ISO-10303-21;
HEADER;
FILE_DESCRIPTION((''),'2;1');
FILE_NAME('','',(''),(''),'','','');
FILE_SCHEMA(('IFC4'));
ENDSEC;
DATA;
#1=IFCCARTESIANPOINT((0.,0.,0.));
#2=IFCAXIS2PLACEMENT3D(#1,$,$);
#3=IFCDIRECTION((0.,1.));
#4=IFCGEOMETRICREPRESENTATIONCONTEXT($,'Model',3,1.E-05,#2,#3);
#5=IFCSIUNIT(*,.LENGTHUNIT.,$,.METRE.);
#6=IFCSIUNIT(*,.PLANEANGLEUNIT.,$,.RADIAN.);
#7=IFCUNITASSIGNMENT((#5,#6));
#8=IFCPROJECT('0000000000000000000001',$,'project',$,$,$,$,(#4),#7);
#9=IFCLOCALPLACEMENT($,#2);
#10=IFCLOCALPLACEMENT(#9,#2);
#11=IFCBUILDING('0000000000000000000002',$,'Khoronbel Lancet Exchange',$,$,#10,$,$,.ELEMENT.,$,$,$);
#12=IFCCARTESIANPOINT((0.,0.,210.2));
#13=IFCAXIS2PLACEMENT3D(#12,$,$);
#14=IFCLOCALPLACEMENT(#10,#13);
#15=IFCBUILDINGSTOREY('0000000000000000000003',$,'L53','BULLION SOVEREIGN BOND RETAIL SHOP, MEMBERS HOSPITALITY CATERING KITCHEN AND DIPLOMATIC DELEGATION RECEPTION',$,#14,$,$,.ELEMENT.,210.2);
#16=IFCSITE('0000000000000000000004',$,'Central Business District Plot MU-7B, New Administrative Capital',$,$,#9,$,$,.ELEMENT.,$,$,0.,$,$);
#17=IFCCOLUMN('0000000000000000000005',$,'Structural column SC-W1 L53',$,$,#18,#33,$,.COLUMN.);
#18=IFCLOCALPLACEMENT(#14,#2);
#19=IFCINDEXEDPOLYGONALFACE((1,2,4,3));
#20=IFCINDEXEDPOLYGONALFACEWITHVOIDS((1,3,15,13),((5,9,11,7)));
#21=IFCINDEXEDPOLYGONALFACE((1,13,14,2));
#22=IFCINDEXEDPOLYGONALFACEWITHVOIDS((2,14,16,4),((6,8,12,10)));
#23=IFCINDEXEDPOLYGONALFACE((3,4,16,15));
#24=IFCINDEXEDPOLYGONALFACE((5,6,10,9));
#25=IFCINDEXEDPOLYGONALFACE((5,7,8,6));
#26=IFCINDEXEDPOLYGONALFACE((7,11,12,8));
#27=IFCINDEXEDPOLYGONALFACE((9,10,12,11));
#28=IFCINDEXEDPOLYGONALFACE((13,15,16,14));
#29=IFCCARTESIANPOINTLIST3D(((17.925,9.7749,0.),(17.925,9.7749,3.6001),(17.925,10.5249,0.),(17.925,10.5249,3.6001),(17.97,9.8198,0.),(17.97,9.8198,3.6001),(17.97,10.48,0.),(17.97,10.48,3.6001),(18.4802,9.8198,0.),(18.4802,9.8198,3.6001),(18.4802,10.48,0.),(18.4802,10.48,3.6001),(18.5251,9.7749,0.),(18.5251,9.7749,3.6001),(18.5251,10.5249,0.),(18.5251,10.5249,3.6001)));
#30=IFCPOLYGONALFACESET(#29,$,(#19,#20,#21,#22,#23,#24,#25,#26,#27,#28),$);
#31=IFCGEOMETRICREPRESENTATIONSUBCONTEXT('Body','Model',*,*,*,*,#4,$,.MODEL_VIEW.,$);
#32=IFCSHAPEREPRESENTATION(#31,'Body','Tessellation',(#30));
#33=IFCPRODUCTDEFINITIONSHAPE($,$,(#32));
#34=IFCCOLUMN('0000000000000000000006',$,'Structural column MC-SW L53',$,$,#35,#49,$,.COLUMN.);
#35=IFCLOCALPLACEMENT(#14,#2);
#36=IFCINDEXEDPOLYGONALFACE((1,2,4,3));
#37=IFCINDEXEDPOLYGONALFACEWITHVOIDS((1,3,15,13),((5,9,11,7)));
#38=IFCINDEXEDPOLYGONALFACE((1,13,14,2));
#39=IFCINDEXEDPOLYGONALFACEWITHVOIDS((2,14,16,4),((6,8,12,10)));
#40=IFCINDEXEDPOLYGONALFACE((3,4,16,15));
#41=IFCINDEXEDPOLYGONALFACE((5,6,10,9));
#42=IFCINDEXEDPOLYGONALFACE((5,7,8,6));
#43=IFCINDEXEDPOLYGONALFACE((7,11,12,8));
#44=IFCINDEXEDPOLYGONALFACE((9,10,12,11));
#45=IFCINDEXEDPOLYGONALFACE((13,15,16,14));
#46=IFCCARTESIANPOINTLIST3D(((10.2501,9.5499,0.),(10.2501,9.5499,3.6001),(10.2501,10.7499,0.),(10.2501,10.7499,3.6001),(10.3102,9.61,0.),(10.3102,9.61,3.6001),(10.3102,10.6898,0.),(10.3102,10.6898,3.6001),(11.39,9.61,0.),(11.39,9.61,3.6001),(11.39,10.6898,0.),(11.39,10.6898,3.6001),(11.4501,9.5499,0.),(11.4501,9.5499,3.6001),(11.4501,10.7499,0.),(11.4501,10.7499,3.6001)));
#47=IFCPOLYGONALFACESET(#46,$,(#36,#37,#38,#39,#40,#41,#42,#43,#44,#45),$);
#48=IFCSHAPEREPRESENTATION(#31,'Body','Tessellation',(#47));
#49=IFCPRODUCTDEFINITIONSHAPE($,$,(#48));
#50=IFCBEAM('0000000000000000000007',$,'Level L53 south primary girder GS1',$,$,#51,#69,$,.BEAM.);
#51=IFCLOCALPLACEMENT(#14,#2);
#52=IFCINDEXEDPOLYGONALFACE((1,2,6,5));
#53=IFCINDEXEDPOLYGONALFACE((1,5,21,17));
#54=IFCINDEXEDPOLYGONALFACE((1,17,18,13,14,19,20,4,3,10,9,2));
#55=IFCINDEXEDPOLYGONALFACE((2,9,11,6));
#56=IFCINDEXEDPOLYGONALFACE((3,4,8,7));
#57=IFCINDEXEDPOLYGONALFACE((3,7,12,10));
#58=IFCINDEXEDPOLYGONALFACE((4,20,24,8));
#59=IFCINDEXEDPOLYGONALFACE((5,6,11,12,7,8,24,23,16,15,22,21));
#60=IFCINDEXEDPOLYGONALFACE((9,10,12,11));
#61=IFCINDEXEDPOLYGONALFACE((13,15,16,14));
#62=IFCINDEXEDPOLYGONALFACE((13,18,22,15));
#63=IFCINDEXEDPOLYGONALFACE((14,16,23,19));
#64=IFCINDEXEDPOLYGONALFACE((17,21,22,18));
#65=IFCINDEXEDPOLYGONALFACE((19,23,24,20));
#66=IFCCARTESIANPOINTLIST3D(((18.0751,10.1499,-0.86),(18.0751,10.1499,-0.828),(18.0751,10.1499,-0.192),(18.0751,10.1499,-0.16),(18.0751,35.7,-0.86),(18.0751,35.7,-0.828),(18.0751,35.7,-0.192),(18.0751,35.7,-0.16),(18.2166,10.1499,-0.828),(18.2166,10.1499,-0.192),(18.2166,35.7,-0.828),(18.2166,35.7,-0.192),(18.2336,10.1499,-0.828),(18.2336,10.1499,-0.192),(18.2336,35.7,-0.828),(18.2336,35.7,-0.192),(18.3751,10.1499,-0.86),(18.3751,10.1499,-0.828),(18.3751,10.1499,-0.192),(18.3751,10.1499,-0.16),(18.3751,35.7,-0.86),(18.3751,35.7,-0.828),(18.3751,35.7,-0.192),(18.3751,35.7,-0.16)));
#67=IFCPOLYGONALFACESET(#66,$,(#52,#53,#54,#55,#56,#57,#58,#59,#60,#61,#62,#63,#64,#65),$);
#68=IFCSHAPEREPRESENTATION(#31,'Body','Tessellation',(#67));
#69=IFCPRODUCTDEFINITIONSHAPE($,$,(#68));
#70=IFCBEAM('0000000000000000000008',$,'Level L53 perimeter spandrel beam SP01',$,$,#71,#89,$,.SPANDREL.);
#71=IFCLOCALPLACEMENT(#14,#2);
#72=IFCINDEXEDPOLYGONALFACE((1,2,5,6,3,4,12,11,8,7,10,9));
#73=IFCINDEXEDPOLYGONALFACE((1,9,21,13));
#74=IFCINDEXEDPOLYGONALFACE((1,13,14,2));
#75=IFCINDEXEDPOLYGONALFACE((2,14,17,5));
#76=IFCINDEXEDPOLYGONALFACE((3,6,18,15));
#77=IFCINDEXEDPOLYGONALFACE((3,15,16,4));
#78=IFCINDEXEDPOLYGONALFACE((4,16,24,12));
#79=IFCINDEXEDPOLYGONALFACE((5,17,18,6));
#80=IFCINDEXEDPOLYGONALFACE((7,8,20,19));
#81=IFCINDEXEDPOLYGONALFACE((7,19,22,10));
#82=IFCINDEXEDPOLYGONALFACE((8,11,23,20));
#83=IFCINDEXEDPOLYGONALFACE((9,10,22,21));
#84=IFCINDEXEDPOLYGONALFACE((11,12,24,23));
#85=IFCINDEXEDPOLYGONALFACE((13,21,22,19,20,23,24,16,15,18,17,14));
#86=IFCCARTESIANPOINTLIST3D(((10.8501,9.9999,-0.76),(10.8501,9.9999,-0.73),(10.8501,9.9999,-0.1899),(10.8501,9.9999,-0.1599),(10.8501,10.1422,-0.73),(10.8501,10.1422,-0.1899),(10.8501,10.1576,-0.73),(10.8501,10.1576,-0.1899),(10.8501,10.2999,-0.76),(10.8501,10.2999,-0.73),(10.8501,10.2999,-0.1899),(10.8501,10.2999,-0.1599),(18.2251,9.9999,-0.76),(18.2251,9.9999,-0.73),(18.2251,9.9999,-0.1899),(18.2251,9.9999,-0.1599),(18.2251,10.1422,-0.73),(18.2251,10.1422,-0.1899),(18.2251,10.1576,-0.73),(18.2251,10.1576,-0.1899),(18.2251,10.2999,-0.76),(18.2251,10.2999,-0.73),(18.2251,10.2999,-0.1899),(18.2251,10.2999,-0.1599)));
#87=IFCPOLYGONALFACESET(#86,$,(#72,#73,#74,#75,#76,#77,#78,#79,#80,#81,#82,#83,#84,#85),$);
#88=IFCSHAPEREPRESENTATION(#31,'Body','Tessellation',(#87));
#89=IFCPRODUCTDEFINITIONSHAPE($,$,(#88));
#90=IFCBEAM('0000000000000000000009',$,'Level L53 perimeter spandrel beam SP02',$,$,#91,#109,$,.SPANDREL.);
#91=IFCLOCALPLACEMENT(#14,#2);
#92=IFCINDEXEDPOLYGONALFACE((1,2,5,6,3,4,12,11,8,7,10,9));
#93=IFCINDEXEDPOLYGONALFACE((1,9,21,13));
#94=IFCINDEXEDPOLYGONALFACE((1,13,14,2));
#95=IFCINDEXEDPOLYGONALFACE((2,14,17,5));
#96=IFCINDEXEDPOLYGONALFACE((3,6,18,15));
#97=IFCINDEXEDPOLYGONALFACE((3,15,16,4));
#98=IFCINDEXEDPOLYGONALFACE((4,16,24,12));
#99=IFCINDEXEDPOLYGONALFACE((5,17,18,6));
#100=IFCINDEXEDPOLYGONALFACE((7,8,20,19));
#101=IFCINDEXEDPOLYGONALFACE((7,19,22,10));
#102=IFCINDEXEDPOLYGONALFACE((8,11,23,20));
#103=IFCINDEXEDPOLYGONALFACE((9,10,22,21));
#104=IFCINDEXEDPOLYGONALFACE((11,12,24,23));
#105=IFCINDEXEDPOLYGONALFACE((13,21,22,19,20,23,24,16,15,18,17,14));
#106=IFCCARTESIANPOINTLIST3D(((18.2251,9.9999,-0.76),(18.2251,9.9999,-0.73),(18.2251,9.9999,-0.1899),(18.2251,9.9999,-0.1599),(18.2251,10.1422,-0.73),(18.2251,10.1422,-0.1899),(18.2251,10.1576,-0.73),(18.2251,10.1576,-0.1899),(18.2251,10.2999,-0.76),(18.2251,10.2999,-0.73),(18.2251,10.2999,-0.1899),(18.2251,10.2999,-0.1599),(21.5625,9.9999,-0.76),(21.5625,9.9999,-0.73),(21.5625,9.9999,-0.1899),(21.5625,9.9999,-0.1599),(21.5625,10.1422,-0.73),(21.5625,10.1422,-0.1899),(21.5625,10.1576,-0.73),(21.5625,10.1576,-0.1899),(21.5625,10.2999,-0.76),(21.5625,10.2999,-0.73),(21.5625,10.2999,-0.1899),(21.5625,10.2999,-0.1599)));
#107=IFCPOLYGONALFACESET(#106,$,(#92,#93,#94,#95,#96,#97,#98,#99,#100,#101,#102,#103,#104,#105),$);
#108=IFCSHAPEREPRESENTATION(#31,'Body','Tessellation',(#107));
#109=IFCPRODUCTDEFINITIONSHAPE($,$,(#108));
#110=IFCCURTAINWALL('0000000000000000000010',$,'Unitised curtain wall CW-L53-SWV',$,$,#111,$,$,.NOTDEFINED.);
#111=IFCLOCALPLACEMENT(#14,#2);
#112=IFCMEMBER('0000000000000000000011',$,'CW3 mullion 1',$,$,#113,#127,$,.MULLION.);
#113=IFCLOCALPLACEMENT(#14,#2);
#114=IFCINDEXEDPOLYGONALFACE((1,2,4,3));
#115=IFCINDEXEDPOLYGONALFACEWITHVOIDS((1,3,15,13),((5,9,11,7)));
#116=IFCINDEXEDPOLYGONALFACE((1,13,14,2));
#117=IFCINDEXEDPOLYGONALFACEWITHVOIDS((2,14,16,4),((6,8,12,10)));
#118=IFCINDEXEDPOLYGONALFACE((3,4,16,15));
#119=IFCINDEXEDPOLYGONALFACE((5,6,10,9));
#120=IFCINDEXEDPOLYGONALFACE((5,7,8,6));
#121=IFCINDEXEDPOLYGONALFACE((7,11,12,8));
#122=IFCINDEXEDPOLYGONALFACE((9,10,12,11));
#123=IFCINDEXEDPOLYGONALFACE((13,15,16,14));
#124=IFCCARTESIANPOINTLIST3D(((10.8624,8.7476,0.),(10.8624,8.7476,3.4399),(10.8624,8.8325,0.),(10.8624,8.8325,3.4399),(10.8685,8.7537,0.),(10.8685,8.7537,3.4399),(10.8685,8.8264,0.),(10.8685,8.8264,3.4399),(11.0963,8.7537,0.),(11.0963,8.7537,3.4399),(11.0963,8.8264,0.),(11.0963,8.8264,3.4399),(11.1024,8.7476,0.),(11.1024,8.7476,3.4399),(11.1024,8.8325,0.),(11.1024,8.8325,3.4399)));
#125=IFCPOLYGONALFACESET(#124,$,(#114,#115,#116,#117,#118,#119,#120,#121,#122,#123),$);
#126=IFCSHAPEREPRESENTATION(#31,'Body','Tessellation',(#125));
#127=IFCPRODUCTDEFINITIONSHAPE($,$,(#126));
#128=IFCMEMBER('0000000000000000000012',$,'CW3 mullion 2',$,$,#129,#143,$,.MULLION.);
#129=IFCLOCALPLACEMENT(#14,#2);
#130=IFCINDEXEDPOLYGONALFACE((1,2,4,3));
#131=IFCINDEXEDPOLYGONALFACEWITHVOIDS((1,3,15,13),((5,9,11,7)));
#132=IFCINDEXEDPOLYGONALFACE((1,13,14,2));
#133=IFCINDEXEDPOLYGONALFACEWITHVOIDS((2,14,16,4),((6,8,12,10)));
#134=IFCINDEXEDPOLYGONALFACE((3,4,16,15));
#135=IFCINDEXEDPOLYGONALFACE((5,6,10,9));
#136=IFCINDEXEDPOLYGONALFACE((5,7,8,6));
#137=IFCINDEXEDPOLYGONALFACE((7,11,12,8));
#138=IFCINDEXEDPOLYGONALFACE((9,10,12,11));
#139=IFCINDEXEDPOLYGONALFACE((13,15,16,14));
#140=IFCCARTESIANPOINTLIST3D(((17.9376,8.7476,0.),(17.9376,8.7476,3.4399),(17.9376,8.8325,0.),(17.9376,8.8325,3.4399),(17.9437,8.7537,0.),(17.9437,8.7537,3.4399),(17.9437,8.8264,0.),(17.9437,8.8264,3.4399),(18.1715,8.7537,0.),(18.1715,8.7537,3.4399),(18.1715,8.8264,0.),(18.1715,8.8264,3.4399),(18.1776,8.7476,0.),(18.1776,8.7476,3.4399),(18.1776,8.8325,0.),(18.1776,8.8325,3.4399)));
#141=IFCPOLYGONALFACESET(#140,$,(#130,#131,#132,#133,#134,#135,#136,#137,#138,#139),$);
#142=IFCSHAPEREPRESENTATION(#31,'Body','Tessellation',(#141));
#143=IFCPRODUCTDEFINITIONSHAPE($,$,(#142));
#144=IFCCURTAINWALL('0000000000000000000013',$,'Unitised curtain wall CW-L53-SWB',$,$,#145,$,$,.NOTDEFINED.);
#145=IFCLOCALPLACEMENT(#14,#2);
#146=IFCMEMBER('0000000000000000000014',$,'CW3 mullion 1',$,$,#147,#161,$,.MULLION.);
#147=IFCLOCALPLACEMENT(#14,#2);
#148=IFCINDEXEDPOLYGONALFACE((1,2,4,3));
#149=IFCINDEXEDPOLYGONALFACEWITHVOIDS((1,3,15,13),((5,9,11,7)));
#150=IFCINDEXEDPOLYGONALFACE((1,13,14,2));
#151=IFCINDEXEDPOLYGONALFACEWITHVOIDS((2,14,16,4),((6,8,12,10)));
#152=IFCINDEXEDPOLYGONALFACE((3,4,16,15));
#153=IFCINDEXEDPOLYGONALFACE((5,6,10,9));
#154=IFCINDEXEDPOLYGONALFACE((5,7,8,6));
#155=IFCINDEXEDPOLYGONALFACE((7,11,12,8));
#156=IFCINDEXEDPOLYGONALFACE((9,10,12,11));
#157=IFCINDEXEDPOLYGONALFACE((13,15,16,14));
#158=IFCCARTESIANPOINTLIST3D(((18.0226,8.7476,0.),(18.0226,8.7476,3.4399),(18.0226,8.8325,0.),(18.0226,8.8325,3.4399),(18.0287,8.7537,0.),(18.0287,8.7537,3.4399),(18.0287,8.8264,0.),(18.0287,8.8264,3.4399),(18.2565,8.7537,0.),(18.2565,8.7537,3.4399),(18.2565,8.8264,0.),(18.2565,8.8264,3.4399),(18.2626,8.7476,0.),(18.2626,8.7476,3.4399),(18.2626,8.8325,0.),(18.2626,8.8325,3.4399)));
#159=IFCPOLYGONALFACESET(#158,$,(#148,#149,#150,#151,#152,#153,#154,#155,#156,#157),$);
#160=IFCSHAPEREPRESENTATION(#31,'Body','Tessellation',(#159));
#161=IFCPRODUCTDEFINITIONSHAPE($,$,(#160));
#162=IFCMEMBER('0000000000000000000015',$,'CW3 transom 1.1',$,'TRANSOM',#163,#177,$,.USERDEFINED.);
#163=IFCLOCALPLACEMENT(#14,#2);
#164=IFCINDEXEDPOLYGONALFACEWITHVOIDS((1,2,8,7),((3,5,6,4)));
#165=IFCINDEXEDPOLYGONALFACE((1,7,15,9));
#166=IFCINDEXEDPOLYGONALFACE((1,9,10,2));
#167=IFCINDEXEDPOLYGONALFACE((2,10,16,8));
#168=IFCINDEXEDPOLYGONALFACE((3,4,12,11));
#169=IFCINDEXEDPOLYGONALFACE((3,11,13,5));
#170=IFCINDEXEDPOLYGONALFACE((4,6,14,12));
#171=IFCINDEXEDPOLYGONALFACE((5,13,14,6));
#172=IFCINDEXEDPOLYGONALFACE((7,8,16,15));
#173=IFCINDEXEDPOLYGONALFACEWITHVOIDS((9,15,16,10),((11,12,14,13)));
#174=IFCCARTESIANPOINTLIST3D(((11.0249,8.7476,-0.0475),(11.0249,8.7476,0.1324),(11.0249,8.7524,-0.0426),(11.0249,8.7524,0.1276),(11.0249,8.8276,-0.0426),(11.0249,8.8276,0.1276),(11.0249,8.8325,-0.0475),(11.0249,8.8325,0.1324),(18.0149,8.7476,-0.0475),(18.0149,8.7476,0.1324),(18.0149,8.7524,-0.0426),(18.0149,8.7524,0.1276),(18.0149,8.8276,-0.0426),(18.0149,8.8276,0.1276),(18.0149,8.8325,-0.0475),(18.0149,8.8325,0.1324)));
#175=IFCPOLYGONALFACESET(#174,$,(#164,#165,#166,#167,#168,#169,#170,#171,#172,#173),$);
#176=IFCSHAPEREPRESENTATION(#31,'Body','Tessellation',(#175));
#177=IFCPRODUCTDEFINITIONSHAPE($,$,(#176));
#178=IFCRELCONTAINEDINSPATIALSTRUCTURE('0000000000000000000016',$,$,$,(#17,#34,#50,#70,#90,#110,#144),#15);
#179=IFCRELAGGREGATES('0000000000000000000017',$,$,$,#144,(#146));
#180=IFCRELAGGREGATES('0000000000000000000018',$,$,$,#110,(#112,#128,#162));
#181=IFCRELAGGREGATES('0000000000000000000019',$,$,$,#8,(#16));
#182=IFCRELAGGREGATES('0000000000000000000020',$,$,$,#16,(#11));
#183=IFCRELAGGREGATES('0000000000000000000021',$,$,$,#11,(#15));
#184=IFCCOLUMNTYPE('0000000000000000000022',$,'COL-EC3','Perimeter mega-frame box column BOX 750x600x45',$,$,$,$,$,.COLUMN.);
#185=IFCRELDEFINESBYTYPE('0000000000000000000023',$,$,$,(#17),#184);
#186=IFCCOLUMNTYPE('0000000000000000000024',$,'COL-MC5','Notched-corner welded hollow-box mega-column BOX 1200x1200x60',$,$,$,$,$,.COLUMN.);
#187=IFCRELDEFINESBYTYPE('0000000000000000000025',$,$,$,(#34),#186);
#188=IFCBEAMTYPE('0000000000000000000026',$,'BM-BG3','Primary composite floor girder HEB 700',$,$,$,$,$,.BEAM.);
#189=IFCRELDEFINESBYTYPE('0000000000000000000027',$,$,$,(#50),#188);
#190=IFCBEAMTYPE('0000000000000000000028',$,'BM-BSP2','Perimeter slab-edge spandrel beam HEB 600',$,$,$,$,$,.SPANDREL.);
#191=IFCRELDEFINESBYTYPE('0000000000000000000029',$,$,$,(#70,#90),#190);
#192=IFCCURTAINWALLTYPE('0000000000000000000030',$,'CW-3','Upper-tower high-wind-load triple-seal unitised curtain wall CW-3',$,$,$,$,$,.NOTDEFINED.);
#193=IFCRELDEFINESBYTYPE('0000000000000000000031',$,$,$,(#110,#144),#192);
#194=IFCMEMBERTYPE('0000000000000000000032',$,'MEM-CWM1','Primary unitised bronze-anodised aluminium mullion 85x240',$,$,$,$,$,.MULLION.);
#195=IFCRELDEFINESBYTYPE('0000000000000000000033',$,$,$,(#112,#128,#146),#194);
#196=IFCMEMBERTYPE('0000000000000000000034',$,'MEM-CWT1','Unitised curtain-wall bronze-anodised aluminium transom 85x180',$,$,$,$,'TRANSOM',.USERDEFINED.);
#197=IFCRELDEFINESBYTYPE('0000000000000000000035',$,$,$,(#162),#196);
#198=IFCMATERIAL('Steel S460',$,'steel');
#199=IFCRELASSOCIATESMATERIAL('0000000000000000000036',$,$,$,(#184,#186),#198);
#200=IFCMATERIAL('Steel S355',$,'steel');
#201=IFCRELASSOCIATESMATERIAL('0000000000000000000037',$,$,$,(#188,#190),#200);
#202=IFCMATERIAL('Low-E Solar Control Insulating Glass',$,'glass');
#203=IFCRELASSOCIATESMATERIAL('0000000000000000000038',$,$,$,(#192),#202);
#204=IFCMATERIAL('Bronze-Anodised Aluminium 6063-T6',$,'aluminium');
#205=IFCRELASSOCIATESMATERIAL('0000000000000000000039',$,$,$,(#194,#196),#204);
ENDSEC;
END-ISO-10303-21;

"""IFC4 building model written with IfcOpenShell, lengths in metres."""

from ifc_helpers import new_model, si_unit, direction, frame, origin, origin_2d, place, context, subcontext, project, spatial, hollow_rectangle, i_section, extrude, material, material_profile, profile_set, type_object, element, aggregate, save


model = new_model("IFC4")

# Units and contexts
model_context = context("Model", 3, precision=1e-05, world=origin(), true_north=direction((0.0, 1.0)))
body_context = subcontext(model_context, "Body", "Model", "MODEL_VIEW")
ifc_project = project(units=[si_unit("LENGTHUNIT", "METRE"), si_unit("PLANEANGLEUNIT", "RADIAN")], contexts=[model_context])

# Site, building, storey
site_placement = place(None, origin())
site = spatial("IfcSite", under=ifc_project, at=site_placement, Name="Central Business District Plot MU-7B, New Administrative Capital", CompositionType="ELEMENT", RefElevation=0.0)
building_placement = place(site_placement, origin())
building = spatial("IfcBuilding", under=site, at=building_placement, Name="Khoronbel Lancet Exchange", CompositionType="ELEMENT")
storey_placement = place(building_placement, frame((0.0, 0.0, 210.2)))
storey = spatial("IfcBuildingStorey", under=building, at=storey_placement, Name="L53", Description="BULLION SOVEREIGN BOND RETAIL SHOP, MEMBERS HOSPITALITY CATERING KITCHEN AND DIPLOMATIC DELEGATION RECEPTION", CompositionType="ELEMENT", Elevation=210.2)

# Columns
ifc_material_1 = material(Name="Steel S460", Category="steel")
ifc_material_profile_1 = material_profile(ifc_material_1, hollow_rectangle(XDim=0.6001, YDim=0.75, WallThickness=0.0449, at=origin_2d()), Name="BOX 750x600x45")
ifc_profile_set_1 = profile_set([ifc_material_profile_1], Name="Steel S460")
column_type_1 = type_object("IfcColumnType", Name="COL-EC3", Description="Perimeter mega-frame box column BOX 750x600x45", PredefinedType="COLUMN", material=ifc_profile_set_1)
column_1_placement = place(storey_placement, frame((18.2251, 10.1499, 0.0), z_axis=(0.0, 0.0, 1.0), x_axis=(1.0, 0.0, 0.0)))
element("IfcColumn", 1, at=column_1_placement, inside=storey, type_object=column_type_1, Name="Structural column SC-W1 L53", PredefinedType="COLUMN", context=body_context, shape_type="SweptSolid", body=[
    extrude(hollow_rectangle(XDim=0.6001, YDim=0.75, WallThickness=0.0449, at=origin_2d()), origin(), (0.0, 0.0, 1.0), 3.6001),
])
ifc_material_profile_2 = material_profile(ifc_material_1, hollow_rectangle(XDim=1.2, YDim=1.2, WallThickness=0.0601, at=origin_2d()), Name="BOX 1200x1200x60")
ifc_profile_set_2 = profile_set([ifc_material_profile_2], Name="Steel S460")
column_type_2 = type_object("IfcColumnType", Name="COL-MC5", Description="Notched-corner welded hollow-box mega-column BOX 1200x1200x60", PredefinedType="COLUMN", material=ifc_profile_set_2)
column_2_placement = place(storey_placement, frame((10.8501, 10.1499, 0.0), z_axis=(0.0, 0.0, 1.0), x_axis=(1.0, 0.0, 0.0)))
element("IfcColumn", 2, at=column_2_placement, inside=storey, type_object=column_type_2, Name="Structural column MC-SW L53", PredefinedType="COLUMN", context=body_context, shape_type="SweptSolid", body=[
    extrude(hollow_rectangle(XDim=1.2, YDim=1.2, WallThickness=0.0601, at=origin_2d()), origin(), (0.0, 0.0, 1.0), 3.6001),
])

# Beams
ifc_material_2 = material(Name="Steel S355", Category="steel")
ifc_material_profile_3 = material_profile(ifc_material_2, i_section(OverallWidth=0.3, OverallDepth=0.7, WebThickness=0.0171, FlangeThickness=0.032, at=origin_2d()), Name="HEB 700")
ifc_profile_set_3 = profile_set([ifc_material_profile_3], Name="Steel S355")
beam_type_1 = type_object("IfcBeamType", Name="BM-BG3", Description="Primary composite floor girder HEB 700", PredefinedType="BEAM", material=ifc_profile_set_3)
beam_1_placement = place(storey_placement, frame((18.2251, 10.1499, -0.51), z_axis=(0.0, 1.0, 0.0), x_axis=(-1.0, 0.0, 0.0)))
element("IfcBeam", 3, at=beam_1_placement, inside=storey, type_object=beam_type_1, Name="Level L53 south primary girder GS1", PredefinedType="BEAM", context=body_context, shape_type="SweptSolid", body=[
    extrude(i_section(OverallWidth=0.3, OverallDepth=0.7, WebThickness=0.0171, FlangeThickness=0.032, at=origin_2d()), origin(), (0.0, 0.0, 1.0), 25.55),
])
ifc_material_profile_4 = material_profile(ifc_material_2, i_section(OverallWidth=0.3, OverallDepth=0.6001, WebThickness=0.0154, FlangeThickness=0.03, at=origin_2d()), Name="HEB 600")
ifc_profile_set_4 = profile_set([ifc_material_profile_4], Name="Steel S355")
beam_type_2 = type_object("IfcBeamType", Name="BM-BSP2", Description="Perimeter slab-edge spandrel beam HEB 600", PredefinedType="SPANDREL", material=ifc_profile_set_4)
beam_2_placement = place(storey_placement, frame((10.8501, 10.1499, -0.46), z_axis=(1.0, 0.0, 0.0), x_axis=(0.0, 1.0, 0.0)))
element("IfcBeam", 4, at=beam_2_placement, inside=storey, type_object=beam_type_2, Name="Level L53 perimeter spandrel beam SP01", PredefinedType="SPANDREL", context=body_context, shape_type="SweptSolid", body=[
    extrude(i_section(OverallWidth=0.3, OverallDepth=0.6001, WebThickness=0.0154, FlangeThickness=0.03, at=origin_2d()), origin(), (0.0, 0.0, 1.0), 7.375),
])
beam_3_placement = place(storey_placement, frame((18.2251, 10.1499, -0.46), z_axis=(1.0, 0.0, 0.0), x_axis=(0.0, 1.0, 0.0)))
element("IfcBeam", 5, at=beam_3_placement, inside=storey, type_object=beam_type_2, Name="Level L53 perimeter spandrel beam SP02", PredefinedType="SPANDREL", context=body_context, shape_type="SweptSolid", body=[
    extrude(i_section(OverallWidth=0.3, OverallDepth=0.6001, WebThickness=0.0154, FlangeThickness=0.03, at=origin_2d()), origin(), (0.0, 0.0, 1.0), 3.3374),
])

# Curtain wall, members
ifc_material_3 = material(Name="Low-E Solar Control Insulating Glass", Category="glass")
curtain_wall_type = type_object("IfcCurtainWallType", Name="CW-3", Description="Upper-tower high-wind-load triple-seal unitised curtain wall CW-3", PredefinedType="NOTDEFINED", material=ifc_material_3)
curtain_wall_1_placement = place(storey_placement, origin())
curtain_wall_1 = element("IfcCurtainWall", 6, at=curtain_wall_1_placement, inside=storey, type_object=curtain_wall_type, Name="Unitised curtain wall CW-L53-SWV", PredefinedType="NOTDEFINED")
ifc_material_4 = material(Name="Bronze-Anodised Aluminium 6063-T6", Category="aluminium")
ifc_material_profile_5 = material_profile(ifc_material_4, hollow_rectangle(XDim=0.085, YDim=0.24, WallThickness=0.0061, at=origin_2d()), Name="ALU MULLION 85x240")
ifc_profile_set_5 = profile_set([ifc_material_profile_5], Name="Bronze-Anodised Aluminium 6063-T6")
member_type_1 = type_object("IfcMemberType", Name="MEM-CWM1", Description="Primary unitised bronze-anodised aluminium mullion 85x240", PredefinedType="MULLION", material=ifc_profile_set_5)
member_1_placement = place(storey_placement, frame((10.9824, 8.79, 0.0), z_axis=(0.0, 0.0, 1.0), x_axis=(0.0, 1.0, 0.0)))
member_1 = element("IfcMember", 7, at=member_1_placement, type_object=member_type_1, Name="CW3 mullion 1", PredefinedType="MULLION", context=body_context, shape_type="SweptSolid", body=[
    extrude(hollow_rectangle(XDim=0.085, YDim=0.24, WallThickness=0.0061, at=origin_2d()), origin(), (0.0, 0.0, 1.0), 3.4399),
])
member_2_placement = place(storey_placement, frame((18.0576, 8.79, 0.0), z_axis=(0.0, 0.0, 1.0), x_axis=(0.0, 1.0, 0.0)))
member_2 = element("IfcMember", 8, at=member_2_placement, type_object=member_type_1, Name="CW3 mullion 2", PredefinedType="MULLION", context=body_context, shape_type="SweptSolid", body=[
    extrude(hollow_rectangle(XDim=0.085, YDim=0.24, WallThickness=0.0061, at=origin_2d()), origin(), (0.0, 0.0, 1.0), 3.4399),
])

# Curtain wall, member
curtain_wall_2_placement = place(storey_placement, origin())
curtain_wall_2 = element("IfcCurtainWall", 9, at=curtain_wall_2_placement, inside=storey, type_object=curtain_wall_type, Name="Unitised curtain wall CW-L53-SWB", PredefinedType="NOTDEFINED")
member_3_placement = place(storey_placement, frame((18.1426, 8.79, 0.0), z_axis=(0.0, 0.0, 1.0), x_axis=(0.0, 1.0, 0.0)))
member_3 = element("IfcMember", 10, at=member_3_placement, type_object=member_type_1, Name="CW3 mullion 1", PredefinedType="MULLION", context=body_context, shape_type="SweptSolid", body=[
    extrude(hollow_rectangle(XDim=0.085, YDim=0.24, WallThickness=0.0061, at=origin_2d()), origin(), (0.0, 0.0, 1.0), 3.4399),
])

# Member
ifc_material_profile_6 = material_profile(ifc_material_4, hollow_rectangle(XDim=0.085, YDim=0.1799, WallThickness=0.0049, at=origin_2d()), Name="ALU TRANSOM 85x180")
ifc_profile_set_6 = profile_set([ifc_material_profile_6], Name="Bronze-Anodised Aluminium 6063-T6")
member_type_2 = type_object("IfcMemberType", Name="MEM-CWT1", Description="Unitised curtain-wall bronze-anodised aluminium transom 85x180", ElementType="TRANSOM", PredefinedType="USERDEFINED", material=ifc_profile_set_6)
member_4_placement = place(storey_placement, frame((11.0249, 8.79, 0.0425), z_axis=(1.0, 0.0, 0.0), x_axis=(0.0, 1.0, 0.0)))
member_4 = element("IfcMember", 11, at=member_4_placement, type_object=member_type_2, Name="CW3 transom 1.1", ObjectType="TRANSOM", PredefinedType="USERDEFINED", context=body_context, shape_type="SweptSolid", body=[
    extrude(hollow_rectangle(XDim=0.085, YDim=0.1799, WallThickness=0.0049, at=origin_2d()), origin(), (0.0, 0.0, 1.0), 6.99),
])
aggregate(curtain_wall_2, [member_3])

aggregate(curtain_wall_1, [member_1, member_2, member_4])

save(model, "model.ifc")
